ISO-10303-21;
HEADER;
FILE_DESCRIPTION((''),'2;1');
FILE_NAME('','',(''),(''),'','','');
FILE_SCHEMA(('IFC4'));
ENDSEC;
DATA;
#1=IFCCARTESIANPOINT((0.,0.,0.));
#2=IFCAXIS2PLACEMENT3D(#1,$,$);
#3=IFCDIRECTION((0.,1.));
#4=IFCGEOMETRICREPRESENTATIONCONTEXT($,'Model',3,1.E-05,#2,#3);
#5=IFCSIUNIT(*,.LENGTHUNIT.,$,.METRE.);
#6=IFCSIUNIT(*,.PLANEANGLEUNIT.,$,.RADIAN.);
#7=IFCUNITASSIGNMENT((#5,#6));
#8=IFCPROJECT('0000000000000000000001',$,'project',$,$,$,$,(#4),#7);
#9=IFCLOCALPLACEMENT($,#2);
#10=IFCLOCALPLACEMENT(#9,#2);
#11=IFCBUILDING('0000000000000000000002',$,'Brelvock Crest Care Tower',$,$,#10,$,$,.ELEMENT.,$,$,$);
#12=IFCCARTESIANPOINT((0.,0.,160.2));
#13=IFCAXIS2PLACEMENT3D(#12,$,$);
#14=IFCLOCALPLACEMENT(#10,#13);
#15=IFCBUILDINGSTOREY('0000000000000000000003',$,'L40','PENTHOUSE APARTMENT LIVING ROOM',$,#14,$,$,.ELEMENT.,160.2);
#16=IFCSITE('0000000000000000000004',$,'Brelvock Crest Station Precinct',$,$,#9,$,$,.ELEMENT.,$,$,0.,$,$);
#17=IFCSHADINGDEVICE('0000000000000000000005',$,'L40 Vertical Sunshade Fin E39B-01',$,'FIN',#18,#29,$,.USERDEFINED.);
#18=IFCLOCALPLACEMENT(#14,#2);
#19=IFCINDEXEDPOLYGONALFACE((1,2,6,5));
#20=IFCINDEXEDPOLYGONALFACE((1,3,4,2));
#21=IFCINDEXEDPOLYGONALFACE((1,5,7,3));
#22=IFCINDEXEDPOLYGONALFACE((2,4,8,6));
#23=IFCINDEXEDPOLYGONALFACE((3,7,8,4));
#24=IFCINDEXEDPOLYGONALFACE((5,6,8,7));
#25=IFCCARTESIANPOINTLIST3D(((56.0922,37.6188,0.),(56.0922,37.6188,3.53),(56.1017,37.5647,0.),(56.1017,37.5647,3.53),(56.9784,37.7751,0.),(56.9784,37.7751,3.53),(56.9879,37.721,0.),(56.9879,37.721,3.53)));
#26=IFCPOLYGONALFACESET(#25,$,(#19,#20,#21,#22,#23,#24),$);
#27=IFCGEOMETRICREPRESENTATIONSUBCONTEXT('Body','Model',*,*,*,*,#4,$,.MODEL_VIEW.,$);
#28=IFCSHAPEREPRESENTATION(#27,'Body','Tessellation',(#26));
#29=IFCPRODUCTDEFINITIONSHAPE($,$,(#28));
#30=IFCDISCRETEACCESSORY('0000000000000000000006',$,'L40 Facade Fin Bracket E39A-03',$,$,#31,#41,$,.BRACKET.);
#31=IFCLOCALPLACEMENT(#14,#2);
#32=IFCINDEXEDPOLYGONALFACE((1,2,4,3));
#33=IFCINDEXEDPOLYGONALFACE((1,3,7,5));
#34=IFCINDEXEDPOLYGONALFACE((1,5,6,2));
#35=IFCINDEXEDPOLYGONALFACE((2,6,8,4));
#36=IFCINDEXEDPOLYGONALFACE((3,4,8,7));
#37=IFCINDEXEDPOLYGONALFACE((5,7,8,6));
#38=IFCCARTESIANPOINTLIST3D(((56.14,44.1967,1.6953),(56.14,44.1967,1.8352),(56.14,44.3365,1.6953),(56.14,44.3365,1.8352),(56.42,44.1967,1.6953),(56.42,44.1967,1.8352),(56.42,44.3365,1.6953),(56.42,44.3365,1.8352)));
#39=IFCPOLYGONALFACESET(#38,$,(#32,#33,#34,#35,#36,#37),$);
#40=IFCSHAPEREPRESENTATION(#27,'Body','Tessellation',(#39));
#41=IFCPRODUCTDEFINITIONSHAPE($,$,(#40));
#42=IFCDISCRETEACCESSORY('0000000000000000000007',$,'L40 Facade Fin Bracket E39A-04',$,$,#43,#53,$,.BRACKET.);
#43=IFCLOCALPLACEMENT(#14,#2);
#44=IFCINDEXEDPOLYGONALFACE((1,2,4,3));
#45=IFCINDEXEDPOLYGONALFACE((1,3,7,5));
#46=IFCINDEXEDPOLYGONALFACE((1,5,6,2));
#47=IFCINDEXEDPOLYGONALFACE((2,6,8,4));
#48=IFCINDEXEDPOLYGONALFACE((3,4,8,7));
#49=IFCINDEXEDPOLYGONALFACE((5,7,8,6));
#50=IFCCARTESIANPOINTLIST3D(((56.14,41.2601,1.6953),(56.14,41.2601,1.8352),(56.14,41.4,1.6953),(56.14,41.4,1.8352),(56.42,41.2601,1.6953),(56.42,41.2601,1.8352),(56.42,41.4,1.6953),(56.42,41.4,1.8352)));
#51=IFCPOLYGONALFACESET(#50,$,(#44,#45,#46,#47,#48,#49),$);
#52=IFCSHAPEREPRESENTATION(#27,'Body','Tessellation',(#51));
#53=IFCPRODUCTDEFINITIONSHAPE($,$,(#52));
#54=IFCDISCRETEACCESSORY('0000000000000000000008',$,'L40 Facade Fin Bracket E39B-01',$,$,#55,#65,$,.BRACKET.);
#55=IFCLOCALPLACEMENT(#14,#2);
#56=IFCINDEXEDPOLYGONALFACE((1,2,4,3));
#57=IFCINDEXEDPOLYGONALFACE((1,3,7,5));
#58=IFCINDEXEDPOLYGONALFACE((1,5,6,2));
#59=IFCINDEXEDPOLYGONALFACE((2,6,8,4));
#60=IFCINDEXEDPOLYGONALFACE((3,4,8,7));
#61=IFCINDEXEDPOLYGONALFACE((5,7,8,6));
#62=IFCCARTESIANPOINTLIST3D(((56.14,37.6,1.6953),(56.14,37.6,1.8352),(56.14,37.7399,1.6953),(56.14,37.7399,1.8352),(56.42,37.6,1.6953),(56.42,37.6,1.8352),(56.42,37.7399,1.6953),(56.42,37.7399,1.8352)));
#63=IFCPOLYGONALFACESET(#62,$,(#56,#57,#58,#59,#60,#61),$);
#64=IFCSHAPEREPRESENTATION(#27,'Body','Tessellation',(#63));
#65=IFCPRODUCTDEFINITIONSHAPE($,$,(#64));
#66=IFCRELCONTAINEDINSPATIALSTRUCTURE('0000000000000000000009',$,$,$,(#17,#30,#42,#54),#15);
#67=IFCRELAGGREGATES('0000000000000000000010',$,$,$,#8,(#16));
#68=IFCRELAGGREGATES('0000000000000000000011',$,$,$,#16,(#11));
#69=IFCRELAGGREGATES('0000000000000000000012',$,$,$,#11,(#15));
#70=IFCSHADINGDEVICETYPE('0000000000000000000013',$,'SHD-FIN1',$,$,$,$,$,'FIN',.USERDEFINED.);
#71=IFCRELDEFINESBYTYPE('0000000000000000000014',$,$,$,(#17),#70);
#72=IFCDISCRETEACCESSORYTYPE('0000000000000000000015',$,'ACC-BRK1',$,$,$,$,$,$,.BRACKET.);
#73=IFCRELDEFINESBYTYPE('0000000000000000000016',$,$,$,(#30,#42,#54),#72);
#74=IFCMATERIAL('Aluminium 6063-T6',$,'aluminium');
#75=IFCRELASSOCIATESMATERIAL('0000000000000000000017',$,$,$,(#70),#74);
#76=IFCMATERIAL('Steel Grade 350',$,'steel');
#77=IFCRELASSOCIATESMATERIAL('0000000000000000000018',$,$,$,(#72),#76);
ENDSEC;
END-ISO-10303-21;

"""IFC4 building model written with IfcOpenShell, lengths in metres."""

from ifc_helpers import new_model, si_unit, direction, frame, origin, origin_2d, place, context, subcontext, project, spatial, rectangle, extrude, source, transform, mapped, material, material_profile, profile_set, type_object, element, save


model = new_model("IFC4")

# Units and contexts
model_context = context("Model", 3, precision=1e-05, world=origin(), true_north=direction((0.0, 1.0)))
body_context = subcontext(model_context, "Body", "Model", "MODEL_VIEW")
ifc_project = project(units=[si_unit("LENGTHUNIT", "METRE"), si_unit("PLANEANGLEUNIT", "RADIAN")], contexts=[model_context])

# Site, building, storey
site_placement = place(None, origin())
site = spatial("IfcSite", under=ifc_project, at=site_placement, Name="Brelvock Crest Station Precinct", CompositionType="ELEMENT", RefElevation=0.0)
building_placement = place(site_placement, origin())
building = spatial("IfcBuilding", under=site, at=building_placement, Name="Brelvock Crest Care Tower", CompositionType="ELEMENT")
storey_placement = place(building_placement, frame((0.0, 0.0, 160.2)))
storey = spatial("IfcBuildingStorey", under=building, at=storey_placement, Name="L40", Description="PENTHOUSE APARTMENT LIVING ROOM", CompositionType="ELEMENT", Elevation=160.2)

# Shared definitions
ifc_material_1 = material(Name="Aluminium 6063-T6", Category="aluminium")

# Shading device
ifc_material_profile_1 = material_profile(ifc_material_1, rectangle(XDim=0.0549, YDim=0.8999, at=origin_2d()), Name="FIN55x900")
ifc_profile_set_1 = profile_set([ifc_material_profile_1], Name="Aluminium 6063-T6")
shading_device_type = type_object("IfcShadingDeviceType", Name="SHD-FIN1", ElementType="FIN", PredefinedType="USERDEFINED", material=ifc_profile_set_1)
shared_shape_1 = source(origin(), body_context, "Body", "SweptSolid", [
    extrude(rectangle(XDim=0.0549, YDim=0.8999, at=origin_2d()), origin(), (0.0, 0.0, 1.0), 3.53),
])
for number, where, z_axis, x_axis, name in (
    (1, (56.54, 37.6699, 0.0), (0.0, 0.0, 1.0), (0.173648, -0.984808, 0.0), "L40 Vertical Sunshade Fin E39B-01"),
):
    element("IfcShadingDevice", number, at=place(storey_placement, frame(where, z_axis=z_axis, x_axis=x_axis)), inside=storey, type_object=shading_device_type, Name=name, ObjectType="FIN", PredefinedType="USERDEFINED", context=body_context, shape_type="MappedRepresentation", body=[
        mapped(shared_shape_1, transform((0.0, 0.0, 0.0), x_axis=(1.0, 0.0, 0.0), y_axis=(0.0, 1.0, 0.0), z_axis=(0.0, 0.0, 1.0), scale=1.0)),
    ])

# Discrete accessories
ifc_material_2 = material(Name="Steel Grade 350", Category="steel")
discrete_accessory_type = type_object("IfcDiscreteAccessoryType", Name="ACC-BRK1", PredefinedType="BRACKET", material=ifc_material_2)
shared_shape_2 = source(origin(), body_context, "Body", "SweptSolid", [
    extrude(rectangle(XDim=0.28, YDim=0.1399, at=origin_2d()), origin(), (0.0, 0.0, 1.0), 0.1399),
])
for number, where, z_axis, x_axis, name in (
    (2, (56.28, 44.2666, 1.6953), (0.0, 0.0, 1.0), (1.0, 0.0, 0.0), "L40 Facade Fin Bracket E39A-03"),
    (3, (56.28, 41.3301, 1.6953), (0.0, 0.0, 1.0), (1.0, 0.0, 0.0), "L40 Facade Fin Bracket E39A-04"),
    (4, (56.28, 37.6699, 1.6953), (0.0, 0.0, 1.0), (1.0, 0.0, 0.0), "L40 Facade Fin Bracket E39B-01"),
):
    element("IfcDiscreteAccessory", number, at=place(storey_placement, frame(where, z_axis=z_axis, x_axis=x_axis)), inside=storey, type_object=discrete_accessory_type, Name=name, PredefinedType="BRACKET", context=body_context, shape_type="MappedRepresentation", body=[
        mapped(shared_shape_2, transform((0.0, 0.0, 0.0), x_axis=(1.0, 0.0, 0.0), y_axis=(0.0, 1.0, 0.0), z_axis=(0.0, 0.0, 1.0), scale=1.0)),
    ])

save(model, "model.ifc")
